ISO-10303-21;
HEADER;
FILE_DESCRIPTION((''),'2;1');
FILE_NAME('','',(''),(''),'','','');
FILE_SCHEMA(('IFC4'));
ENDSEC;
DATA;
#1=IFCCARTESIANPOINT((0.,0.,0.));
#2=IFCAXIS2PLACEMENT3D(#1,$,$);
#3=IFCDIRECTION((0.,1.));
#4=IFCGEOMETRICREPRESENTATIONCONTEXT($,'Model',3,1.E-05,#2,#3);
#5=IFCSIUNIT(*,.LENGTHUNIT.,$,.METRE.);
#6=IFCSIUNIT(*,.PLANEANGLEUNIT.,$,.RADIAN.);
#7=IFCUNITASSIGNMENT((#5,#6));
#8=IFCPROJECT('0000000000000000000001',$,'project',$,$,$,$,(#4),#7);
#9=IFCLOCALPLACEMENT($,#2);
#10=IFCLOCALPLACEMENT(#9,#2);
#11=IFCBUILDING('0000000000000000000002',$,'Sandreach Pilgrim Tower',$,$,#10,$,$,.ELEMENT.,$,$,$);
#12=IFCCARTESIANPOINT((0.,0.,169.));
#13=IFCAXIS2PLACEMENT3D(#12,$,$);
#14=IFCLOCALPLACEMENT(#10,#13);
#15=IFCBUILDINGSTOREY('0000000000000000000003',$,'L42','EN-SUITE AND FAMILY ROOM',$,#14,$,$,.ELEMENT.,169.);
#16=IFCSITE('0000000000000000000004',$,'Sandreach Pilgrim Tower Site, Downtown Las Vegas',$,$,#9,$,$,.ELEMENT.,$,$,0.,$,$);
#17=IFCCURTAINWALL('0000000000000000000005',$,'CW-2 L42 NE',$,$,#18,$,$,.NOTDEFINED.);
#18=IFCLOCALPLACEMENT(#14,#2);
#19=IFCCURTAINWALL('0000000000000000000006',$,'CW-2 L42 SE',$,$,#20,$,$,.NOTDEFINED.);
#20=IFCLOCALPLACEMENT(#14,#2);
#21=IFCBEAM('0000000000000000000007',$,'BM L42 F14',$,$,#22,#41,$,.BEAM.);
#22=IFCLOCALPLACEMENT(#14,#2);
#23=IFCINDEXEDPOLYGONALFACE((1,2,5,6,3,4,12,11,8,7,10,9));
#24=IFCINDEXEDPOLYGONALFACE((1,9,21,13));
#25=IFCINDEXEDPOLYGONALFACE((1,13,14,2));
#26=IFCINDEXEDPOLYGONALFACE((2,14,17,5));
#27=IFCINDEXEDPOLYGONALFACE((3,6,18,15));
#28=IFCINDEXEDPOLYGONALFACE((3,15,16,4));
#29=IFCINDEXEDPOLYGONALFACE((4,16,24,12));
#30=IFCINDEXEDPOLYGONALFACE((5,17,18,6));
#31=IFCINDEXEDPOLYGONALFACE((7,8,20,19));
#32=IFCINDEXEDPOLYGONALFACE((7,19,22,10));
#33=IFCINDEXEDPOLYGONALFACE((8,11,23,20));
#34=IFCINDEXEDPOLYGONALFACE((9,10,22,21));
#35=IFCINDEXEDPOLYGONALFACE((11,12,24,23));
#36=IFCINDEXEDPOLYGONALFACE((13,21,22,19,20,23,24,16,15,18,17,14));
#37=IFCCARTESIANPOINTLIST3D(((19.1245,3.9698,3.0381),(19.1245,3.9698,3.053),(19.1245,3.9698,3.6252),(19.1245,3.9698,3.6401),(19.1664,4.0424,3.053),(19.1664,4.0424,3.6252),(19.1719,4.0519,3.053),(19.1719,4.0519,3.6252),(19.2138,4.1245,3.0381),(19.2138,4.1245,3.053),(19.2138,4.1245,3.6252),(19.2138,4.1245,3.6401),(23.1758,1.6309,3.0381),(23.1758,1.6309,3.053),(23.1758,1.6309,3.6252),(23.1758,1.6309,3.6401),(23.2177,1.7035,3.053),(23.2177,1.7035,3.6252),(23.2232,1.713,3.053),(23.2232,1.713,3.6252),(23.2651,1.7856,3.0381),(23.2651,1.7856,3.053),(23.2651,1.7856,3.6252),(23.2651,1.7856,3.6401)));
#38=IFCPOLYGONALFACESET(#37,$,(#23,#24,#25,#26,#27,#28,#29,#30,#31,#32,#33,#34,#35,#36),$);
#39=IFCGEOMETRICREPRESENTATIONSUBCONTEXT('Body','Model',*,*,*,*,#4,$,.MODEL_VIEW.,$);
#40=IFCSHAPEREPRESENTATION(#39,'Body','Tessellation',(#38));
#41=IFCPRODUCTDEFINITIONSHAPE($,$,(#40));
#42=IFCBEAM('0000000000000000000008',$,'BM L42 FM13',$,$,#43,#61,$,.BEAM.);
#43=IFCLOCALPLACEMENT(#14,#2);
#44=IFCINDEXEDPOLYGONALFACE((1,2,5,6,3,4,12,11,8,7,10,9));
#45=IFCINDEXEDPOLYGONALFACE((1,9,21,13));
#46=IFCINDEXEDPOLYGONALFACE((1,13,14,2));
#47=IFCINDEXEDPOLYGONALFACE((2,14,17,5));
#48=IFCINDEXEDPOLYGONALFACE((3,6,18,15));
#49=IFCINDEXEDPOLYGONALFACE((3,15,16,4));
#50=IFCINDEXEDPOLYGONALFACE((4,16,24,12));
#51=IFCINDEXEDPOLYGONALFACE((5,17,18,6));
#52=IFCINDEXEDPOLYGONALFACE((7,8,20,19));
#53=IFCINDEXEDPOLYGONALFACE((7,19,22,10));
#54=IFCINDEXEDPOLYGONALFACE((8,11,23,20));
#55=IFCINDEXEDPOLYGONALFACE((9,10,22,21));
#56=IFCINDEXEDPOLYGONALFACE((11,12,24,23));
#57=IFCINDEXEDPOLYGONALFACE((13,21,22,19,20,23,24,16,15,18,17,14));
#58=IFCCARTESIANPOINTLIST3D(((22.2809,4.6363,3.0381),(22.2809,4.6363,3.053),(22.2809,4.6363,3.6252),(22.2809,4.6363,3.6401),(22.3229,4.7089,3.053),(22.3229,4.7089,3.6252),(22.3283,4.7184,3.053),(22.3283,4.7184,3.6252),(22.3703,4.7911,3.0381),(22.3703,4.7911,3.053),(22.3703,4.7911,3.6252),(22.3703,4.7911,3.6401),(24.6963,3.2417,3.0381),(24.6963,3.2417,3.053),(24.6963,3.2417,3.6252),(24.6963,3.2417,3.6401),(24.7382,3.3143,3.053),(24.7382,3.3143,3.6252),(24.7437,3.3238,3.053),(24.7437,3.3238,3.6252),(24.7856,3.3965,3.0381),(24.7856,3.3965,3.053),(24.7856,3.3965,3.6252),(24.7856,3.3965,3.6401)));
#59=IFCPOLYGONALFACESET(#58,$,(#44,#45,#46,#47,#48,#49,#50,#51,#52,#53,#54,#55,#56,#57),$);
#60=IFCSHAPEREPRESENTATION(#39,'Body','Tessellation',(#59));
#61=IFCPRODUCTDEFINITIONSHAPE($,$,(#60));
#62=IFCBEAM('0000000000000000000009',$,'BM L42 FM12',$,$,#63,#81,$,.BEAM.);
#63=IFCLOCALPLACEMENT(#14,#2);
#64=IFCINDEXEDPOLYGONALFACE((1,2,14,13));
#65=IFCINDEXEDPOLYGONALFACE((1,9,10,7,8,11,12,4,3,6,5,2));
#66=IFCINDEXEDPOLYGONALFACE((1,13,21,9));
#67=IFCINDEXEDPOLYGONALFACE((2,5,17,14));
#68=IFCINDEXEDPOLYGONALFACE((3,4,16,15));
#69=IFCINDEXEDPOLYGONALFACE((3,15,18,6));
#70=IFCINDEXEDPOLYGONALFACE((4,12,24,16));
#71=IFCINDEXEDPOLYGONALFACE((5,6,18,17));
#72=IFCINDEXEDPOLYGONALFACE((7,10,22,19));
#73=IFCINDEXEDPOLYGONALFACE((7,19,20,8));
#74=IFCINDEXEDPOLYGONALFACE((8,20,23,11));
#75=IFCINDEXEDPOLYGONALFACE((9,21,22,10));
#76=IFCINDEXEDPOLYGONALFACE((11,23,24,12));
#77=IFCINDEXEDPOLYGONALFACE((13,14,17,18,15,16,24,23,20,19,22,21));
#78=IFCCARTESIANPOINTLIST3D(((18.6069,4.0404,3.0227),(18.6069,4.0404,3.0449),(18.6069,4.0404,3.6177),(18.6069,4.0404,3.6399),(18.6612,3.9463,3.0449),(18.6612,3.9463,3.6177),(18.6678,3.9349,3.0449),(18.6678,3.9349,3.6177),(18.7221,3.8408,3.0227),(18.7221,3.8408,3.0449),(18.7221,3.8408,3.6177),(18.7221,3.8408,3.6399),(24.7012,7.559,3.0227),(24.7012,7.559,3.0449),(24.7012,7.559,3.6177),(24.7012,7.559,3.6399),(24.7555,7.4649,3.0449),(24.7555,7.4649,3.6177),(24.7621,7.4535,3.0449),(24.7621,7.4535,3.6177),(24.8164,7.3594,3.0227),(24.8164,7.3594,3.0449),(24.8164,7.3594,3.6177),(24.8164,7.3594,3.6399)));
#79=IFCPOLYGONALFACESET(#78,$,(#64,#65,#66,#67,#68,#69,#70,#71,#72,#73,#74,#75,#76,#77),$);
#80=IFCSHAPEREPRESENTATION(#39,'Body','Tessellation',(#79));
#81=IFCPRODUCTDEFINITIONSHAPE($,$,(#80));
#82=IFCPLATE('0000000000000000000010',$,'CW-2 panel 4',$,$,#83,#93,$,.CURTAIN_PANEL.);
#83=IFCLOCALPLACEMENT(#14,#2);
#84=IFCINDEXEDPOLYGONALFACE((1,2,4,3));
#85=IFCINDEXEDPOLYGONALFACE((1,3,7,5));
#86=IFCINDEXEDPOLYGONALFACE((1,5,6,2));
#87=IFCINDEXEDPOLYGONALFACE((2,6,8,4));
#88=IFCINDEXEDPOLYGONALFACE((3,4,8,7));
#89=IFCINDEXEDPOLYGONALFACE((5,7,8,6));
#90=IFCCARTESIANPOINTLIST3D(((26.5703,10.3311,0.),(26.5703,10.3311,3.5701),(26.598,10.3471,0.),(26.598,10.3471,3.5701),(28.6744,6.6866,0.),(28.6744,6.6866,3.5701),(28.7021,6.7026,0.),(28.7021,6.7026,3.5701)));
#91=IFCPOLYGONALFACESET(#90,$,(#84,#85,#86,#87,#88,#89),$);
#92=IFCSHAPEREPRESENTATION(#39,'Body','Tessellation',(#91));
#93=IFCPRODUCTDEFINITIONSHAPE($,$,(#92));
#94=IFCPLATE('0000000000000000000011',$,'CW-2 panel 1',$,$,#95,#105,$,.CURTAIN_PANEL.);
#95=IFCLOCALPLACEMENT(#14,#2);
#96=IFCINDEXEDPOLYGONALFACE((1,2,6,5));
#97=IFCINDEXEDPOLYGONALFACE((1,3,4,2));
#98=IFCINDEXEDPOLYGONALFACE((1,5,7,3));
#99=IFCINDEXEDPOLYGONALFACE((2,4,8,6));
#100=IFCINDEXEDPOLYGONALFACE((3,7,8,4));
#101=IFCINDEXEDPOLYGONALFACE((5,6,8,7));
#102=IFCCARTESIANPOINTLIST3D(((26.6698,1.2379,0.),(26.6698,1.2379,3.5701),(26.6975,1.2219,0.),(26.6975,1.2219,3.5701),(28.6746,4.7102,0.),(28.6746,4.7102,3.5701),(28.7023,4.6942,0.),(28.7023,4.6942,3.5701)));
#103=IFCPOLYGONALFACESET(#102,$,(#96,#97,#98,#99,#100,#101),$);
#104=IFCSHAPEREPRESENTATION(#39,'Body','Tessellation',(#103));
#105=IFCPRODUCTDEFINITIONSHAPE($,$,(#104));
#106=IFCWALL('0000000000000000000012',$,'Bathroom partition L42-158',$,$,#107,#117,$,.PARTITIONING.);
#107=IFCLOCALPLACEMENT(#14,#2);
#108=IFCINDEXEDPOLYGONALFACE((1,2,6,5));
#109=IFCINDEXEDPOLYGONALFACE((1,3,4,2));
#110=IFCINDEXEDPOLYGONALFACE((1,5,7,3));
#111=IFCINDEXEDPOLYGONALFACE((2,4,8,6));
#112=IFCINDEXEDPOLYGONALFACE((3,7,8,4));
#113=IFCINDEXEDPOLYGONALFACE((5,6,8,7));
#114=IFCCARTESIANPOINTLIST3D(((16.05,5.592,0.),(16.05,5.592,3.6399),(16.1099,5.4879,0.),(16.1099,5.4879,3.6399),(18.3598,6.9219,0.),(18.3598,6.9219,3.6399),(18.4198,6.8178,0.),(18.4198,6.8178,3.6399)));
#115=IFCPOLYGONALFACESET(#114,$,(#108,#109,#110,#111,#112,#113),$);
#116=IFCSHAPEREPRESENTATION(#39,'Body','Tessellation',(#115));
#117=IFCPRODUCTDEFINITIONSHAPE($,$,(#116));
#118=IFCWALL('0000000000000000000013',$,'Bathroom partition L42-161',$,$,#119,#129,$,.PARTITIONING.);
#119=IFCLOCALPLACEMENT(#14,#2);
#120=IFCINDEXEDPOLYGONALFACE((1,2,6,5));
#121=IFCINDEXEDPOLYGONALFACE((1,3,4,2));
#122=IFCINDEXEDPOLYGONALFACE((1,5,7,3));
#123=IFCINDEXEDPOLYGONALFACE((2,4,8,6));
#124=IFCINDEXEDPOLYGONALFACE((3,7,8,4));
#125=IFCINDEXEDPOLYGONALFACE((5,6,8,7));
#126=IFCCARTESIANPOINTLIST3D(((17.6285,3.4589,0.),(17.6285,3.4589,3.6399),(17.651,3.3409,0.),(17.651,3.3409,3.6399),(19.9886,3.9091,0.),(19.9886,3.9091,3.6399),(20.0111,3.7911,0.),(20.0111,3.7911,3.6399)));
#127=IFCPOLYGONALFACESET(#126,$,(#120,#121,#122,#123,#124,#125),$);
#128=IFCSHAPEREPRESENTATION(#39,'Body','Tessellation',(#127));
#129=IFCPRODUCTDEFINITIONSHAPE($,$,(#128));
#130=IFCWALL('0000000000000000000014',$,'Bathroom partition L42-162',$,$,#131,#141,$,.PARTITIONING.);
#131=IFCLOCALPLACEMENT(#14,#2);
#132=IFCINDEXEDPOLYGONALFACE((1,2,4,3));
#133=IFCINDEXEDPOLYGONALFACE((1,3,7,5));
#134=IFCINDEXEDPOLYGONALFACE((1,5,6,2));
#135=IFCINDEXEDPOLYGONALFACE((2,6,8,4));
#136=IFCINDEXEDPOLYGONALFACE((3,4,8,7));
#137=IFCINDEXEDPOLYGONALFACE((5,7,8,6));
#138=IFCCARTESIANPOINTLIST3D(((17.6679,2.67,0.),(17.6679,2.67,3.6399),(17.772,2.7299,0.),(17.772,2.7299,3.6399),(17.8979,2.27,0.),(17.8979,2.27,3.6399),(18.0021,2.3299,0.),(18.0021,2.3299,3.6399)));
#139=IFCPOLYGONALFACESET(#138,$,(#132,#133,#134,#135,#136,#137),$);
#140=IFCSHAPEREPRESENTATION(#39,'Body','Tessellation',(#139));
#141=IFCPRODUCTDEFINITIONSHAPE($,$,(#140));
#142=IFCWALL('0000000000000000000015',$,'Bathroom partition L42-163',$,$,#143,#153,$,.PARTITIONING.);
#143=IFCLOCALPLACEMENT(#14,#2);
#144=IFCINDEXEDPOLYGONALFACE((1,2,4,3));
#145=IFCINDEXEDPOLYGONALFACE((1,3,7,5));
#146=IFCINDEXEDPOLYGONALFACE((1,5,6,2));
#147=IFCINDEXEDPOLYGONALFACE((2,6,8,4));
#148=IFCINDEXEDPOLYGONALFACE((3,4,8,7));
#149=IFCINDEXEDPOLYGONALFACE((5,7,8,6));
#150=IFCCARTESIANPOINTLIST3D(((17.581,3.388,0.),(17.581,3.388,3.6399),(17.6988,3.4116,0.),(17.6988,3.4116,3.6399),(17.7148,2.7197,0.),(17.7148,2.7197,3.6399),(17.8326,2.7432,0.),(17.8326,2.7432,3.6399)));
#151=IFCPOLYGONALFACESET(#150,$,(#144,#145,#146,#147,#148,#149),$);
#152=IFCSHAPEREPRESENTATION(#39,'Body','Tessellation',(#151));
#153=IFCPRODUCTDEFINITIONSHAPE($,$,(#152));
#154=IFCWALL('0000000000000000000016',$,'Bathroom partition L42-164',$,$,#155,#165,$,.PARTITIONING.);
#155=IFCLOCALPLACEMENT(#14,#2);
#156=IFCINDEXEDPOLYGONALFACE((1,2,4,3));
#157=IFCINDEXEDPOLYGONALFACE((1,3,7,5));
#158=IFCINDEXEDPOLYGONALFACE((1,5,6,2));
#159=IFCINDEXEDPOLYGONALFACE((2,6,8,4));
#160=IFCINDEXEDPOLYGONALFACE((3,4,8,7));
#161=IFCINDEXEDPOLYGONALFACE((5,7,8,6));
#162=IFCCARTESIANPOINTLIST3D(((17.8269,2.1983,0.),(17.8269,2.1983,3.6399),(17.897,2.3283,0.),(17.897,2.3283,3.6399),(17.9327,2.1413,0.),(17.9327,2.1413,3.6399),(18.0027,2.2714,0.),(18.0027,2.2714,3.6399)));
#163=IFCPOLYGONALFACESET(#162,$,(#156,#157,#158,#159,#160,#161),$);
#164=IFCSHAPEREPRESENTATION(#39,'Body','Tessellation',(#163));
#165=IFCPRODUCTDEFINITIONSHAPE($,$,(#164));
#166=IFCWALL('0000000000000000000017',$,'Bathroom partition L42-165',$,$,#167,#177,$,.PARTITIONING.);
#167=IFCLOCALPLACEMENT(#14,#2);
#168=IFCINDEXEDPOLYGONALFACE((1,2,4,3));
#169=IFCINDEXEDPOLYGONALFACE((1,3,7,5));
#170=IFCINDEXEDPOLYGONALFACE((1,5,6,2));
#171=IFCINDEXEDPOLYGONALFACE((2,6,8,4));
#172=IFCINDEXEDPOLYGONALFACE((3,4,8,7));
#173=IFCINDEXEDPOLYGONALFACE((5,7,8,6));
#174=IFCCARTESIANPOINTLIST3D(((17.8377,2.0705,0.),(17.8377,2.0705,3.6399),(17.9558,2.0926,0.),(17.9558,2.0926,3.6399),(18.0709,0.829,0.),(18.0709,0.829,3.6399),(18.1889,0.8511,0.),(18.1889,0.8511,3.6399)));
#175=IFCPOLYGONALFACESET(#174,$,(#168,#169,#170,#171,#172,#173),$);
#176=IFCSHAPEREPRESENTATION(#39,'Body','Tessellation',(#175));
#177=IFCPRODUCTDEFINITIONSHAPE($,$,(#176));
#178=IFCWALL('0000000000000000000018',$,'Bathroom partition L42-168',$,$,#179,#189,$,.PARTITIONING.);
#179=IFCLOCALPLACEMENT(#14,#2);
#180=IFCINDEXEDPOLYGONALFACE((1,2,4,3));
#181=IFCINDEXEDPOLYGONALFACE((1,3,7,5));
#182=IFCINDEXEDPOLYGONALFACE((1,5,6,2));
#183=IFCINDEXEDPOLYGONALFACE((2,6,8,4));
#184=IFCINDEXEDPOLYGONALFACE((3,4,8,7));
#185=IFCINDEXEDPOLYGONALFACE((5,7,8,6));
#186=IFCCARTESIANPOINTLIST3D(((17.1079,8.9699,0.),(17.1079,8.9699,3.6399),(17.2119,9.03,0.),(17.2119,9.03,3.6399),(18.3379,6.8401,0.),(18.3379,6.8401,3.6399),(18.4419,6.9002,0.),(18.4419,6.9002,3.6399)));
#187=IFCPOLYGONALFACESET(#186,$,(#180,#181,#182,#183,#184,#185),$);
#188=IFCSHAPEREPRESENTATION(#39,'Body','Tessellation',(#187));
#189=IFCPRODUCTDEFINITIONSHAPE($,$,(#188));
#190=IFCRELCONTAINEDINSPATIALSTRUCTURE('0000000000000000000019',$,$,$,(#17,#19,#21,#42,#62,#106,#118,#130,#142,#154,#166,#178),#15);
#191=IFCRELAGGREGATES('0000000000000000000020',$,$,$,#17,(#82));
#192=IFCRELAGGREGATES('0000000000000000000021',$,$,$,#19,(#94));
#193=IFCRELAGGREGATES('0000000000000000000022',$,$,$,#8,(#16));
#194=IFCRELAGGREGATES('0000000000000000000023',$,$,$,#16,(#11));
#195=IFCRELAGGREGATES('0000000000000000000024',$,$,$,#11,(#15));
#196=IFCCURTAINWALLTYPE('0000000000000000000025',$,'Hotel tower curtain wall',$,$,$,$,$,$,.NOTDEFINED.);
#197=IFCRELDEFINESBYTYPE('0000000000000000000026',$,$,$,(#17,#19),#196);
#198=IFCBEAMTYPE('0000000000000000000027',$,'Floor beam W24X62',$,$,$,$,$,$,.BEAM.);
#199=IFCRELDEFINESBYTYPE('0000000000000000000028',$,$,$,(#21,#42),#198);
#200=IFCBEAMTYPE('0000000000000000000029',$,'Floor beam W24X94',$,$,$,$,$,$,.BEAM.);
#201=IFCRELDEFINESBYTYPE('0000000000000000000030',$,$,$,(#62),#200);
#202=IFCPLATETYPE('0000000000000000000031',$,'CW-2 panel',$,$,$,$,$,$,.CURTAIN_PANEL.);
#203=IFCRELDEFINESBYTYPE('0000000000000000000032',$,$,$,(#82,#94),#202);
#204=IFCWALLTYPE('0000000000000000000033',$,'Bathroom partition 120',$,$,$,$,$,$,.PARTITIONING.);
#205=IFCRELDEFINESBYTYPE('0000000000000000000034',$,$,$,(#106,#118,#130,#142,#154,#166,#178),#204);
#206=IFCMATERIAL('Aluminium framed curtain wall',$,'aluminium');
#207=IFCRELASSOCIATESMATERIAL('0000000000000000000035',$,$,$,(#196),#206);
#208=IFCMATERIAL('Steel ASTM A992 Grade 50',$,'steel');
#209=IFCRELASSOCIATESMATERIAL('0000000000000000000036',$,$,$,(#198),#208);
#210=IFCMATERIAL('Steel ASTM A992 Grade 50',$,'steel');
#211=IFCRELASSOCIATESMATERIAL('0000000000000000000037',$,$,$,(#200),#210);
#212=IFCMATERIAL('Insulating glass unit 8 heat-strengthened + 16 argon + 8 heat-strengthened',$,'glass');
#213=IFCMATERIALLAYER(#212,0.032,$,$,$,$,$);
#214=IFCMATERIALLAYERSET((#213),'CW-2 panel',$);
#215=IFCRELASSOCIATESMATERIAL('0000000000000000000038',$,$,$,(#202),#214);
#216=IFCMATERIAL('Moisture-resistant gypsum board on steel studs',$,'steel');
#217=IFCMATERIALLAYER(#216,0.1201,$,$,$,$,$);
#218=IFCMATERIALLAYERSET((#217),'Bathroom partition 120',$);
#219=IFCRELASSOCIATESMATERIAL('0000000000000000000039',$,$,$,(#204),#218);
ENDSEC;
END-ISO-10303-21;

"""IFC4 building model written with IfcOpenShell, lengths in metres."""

from ifc_helpers import new_model, si_unit, direction, frame, frame_2d, origin, origin_2d, place, context, subcontext, project, spatial, rectangle, i_section, extrude, material, layer, layer_set, material_profile, profile_set, type_object, element, aggregate, save


model = new_model("IFC4")

# Units and contexts
model_context = context("Model", 3, precision=1e-05, world=origin(), true_north=direction((0.0, 1.0)))
body_context = subcontext(model_context, "Body", "Model", "MODEL_VIEW")
ifc_project = project(units=[si_unit("LENGTHUNIT", "METRE"), si_unit("PLANEANGLEUNIT", "RADIAN")], contexts=[model_context])

# Site, building, storey
site_placement = place(None, origin())
site = spatial("IfcSite", under=ifc_project, at=site_placement, Name="Sandreach Pilgrim Tower Site, Downtown Las Vegas", CompositionType="ELEMENT", RefElevation=0.0)
building_placement = place(site_placement, origin())
building = spatial("IfcBuilding", under=site, at=building_placement, Name="Sandreach Pilgrim Tower", CompositionType="ELEMENT")
storey_placement = place(building_placement, frame((0.0, 0.0, 169.0)))
storey = spatial("IfcBuildingStorey", under=building, at=storey_placement, Name="L42", Description="EN-SUITE AND FAMILY ROOM", CompositionType="ELEMENT", Elevation=169.0)

# Curtain wall
ifc_material_1 = material(Name="Aluminium framed curtain wall", Category="aluminium")
curtain_wall_type = type_object("IfcCurtainWallType", Name="Hotel tower curtain wall", PredefinedType="NOTDEFINED", material=ifc_material_1)
curtain_wall_1_placement = place(storey_placement, origin())
curtain_wall_1 = element("IfcCurtainWall", 1, at=curtain_wall_1_placement, inside=storey, type_object=curtain_wall_type, Name="CW-2 L42 NE", PredefinedType="NOTDEFINED")

# Curtain wall
curtain_wall_2_placement = place(storey_placement, origin())
curtain_wall_2 = element("IfcCurtainWall", 2, at=curtain_wall_2_placement, inside=storey, type_object=curtain_wall_type, Name="CW-2 L42 SE", PredefinedType="NOTDEFINED")

# Beams
ifc_material_2 = material(Name="Steel ASTM A992 Grade 50", Category="steel")
ifc_material_profile_1 = material_profile(ifc_material_2, i_section(OverallWidth=0.1787, OverallDepth=0.6021, WebThickness=0.011, FlangeThickness=0.0149, at=origin_2d()), Name="W24X62")
ifc_profile_set_1 = profile_set([ifc_material_profile_1], Name="Steel ASTM A992 Grade 50")
beam_type_1 = type_object("IfcBeamType", Name="Floor beam W24X62", PredefinedType="BEAM", material=ifc_profile_set_1)
beam_1_placement = place(storey_placement, frame((23.2205, 1.7083, 3.3391), z_axis=(-0.866038, 0.499978, 0.0), x_axis=(-0.499978, -0.866038, 0.0)))
element("IfcBeam", 3, at=beam_1_placement, inside=storey, type_object=beam_type_1, Name="BM L42 F14", PredefinedType="BEAM", context=body_context, shape_type="SweptSolid", body=[
    extrude(i_section(OverallWidth=0.1787, OverallDepth=0.6021, WebThickness=0.011, FlangeThickness=0.0149, at=origin_2d()), origin(), (0.0, 0.0, 1.0), 4.678),
])
beam_2_placement = place(storey_placement, frame((24.741, 3.3191, 3.3391), z_axis=(-0.866015, 0.500018, 0.0), x_axis=(-0.500018, -0.866015, 0.0)))
element("IfcBeam", 4, at=beam_2_placement, inside=storey, type_object=beam_type_1, Name="BM L42 FM13", PredefinedType="BEAM", context=body_context, shape_type="SweptSolid", body=[
    extrude(i_section(OverallWidth=0.1787, OverallDepth=0.6021, WebThickness=0.011, FlangeThickness=0.0149, at=origin_2d()), origin(), (0.0, 0.0, 1.0), 2.7891),
])
ifc_material_3 = material(Name="Steel ASTM A992 Grade 50", Category="steel")
ifc_material_profile_2 = material_profile(ifc_material_3, i_section(OverallWidth=0.2305, OverallDepth=0.6172, WebThickness=0.0132, FlangeThickness=0.0222, at=origin_2d()), Name="W24X94")
ifc_profile_set_2 = profile_set([ifc_material_profile_2], Name="Steel ASTM A992 Grade 50")
beam_type_2 = type_object("IfcBeamType", Name="Floor beam W24X94", PredefinedType="BEAM", material=ifc_profile_set_2)
beam_3_placement = place(storey_placement, frame((24.7588, 7.4592, 3.3313), z_axis=(-0.866023, -0.500005, 0.0), x_axis=(0.500005, -0.866023, 0.0)))
element("IfcBeam", 5, at=beam_3_placement, inside=storey, type_object=beam_type_2, Name="BM L42 FM12", PredefinedType="BEAM", context=body_context, shape_type="SweptSolid", body=[
    extrude(i_section(OverallWidth=0.2305, OverallDepth=0.6172, WebThickness=0.0132, FlangeThickness=0.0222, at=origin_2d()), origin(), (0.0, 0.0, 1.0), 7.0371),
])

# Plates
ifc_material_4 = material(Name="Insulating glass unit 8 heat-strengthened + 16 argon + 8 heat-strengthened", Category="glass")
ifc_layer_1 = layer(ifc_material_4, 0.032)
ifc_layer_set_1 = layer_set([ifc_layer_1], Name="CW-2 panel")
plate_type = type_object("IfcPlateType", Name="CW-2 panel", PredefinedType="CURTAIN_PANEL", material=ifc_layer_set_1)
plate_1_placement = place(storey_placement, frame((27.6362, 8.5168, 0.0), z_axis=(0.0, 0.0, 1.0), x_axis=(0.5, -0.866025, 0.0)))
plate_1 = element("IfcPlate", 6, at=plate_1_placement, type_object=plate_type, Name="CW-2 panel 4", PredefinedType="CURTAIN_PANEL", context=body_context, shape_type="SweptSolid", body=[
    extrude(rectangle(XDim=4.2083, YDim=0.032, at=origin_2d()), origin(), (0.0, 0.0, 1.0), 3.5701),
])
aggregate(curtain_wall_1, [plate_1])
plate_2_placement = place(storey_placement, frame((27.686, 2.9661, 0.0), z_axis=(0.0, 0.0, 1.0), x_axis=(-0.5, -0.866025, 0.0)))
plate_2 = element("IfcPlate", 7, at=plate_2_placement, type_object=plate_type, Name="CW-2 panel 1", PredefinedType="CURTAIN_PANEL", context=body_context, shape_type="SweptSolid", body=[
    extrude(rectangle(XDim=4.0095, YDim=0.032, at=origin_2d()), origin(), (0.0, 0.0, 1.0), 3.5701),
])
aggregate(curtain_wall_2, [plate_2])

# Walls
ifc_material_5 = material(Name="Moisture-resistant gypsum board on steel studs", Category="steel")
ifc_layer_2 = layer(ifc_material_5, 0.1201)
ifc_layer_set_2 = layer_set([ifc_layer_2], Name="Bathroom partition 120")
wall_type_1 = type_object("IfcWallType", Name="Bathroom partition 120", PredefinedType="PARTITIONING", material=ifc_layer_set_2)
wall_1_placement = place(storey_placement, frame((16.0801, 5.54, 0.0), z_axis=(0.0, 0.0, 1.0), x_axis=(0.866632, 0.498948, 0.0)))
element("IfcWall", 8, at=wall_1_placement, inside=storey, type_object=wall_type_1, Name="Bathroom partition L42-158", PredefinedType="PARTITIONING", context=body_context, shape_type="SweptSolid", body=[
    extrude(rectangle(XDim=2.6653, YDim=0.1201, at=frame_2d((1.3325, 0.0))), origin(), (0.0, 0.0, 1.0), 3.6399),
])
wall_2_placement = place(storey_placement, frame((17.6399, 3.3999, 0.0), z_axis=(0.0, 0.0, 1.0), x_axis=(0.982289, 0.187374, 0.0)))
element("IfcWall", 9, at=wall_2_placement, inside=storey, type_object=wall_type_1, Name="Bathroom partition L42-161", PredefinedType="PARTITIONING", context=body_context, shape_type="SweptSolid", body=[
    extrude(rectangle(XDim=2.4026, YDim=0.1201, at=frame_2d((1.2012, 0.0))), origin(), (0.0, 0.0, 1.0), 3.6399),
])
wall_3_placement = place(storey_placement, frame((17.72, 2.7, 0.0), z_axis=(0.0, 0.0, 1.0), x_axis=(0.498531, -0.866872, 0.0)))
element("IfcWall", 10, at=wall_3_placement, inside=storey, type_object=wall_type_1, Name="Bathroom partition L42-162", PredefinedType="PARTITIONING", context=body_context, shape_type="SweptSolid", body=[
    extrude(rectangle(XDim=0.4614, YDim=0.1201, at=frame_2d((0.2307, 0.0))), origin(), (0.0, 0.0, 1.0), 3.6399),
])
wall_4_placement = place(storey_placement, frame((17.7737, 2.7314, 0.0), z_axis=(0.0, 0.0, 1.0), x_axis=(-0.196254, 0.980553, 0.0)))
element("IfcWall", 11, at=wall_4_placement, inside=storey, type_object=wall_type_1, Name="Bathroom partition L42-163", PredefinedType="PARTITIONING", context=body_context, shape_type="SweptSolid", body=[
    extrude(rectangle(XDim=0.6816, YDim=0.1201, at=frame_2d((0.3408, 0.0))), origin(), (0.0, 0.0, 1.0), 3.6399),
])
wall_5_placement = place(storey_placement, frame((17.8799, 2.1699, 0.0), z_axis=(0.0, 0.0, 1.0), x_axis=(0.4741, 0.880471, 0.0)))
element("IfcWall", 12, at=wall_5_placement, inside=storey, type_object=wall_type_1, Name="Bathroom partition L42-164", PredefinedType="PARTITIONING", context=body_context, shape_type="SweptSolid", body=[
    extrude(rectangle(XDim=0.1477, YDim=0.1201, at=frame_2d((0.0737, 0.0))), origin(), (0.0, 0.0, 1.0), 3.6399),
])
wall_6_placement = place(storey_placement, frame((17.8967, 2.0815, 0.0), z_axis=(0.0, 0.0, 1.0), x_axis=(0.18458, -0.982817, 0.0)))
element("IfcWall", 13, at=wall_6_placement, inside=storey, type_object=wall_type_1, Name="Bathroom partition L42-165", PredefinedType="PARTITIONING", context=body_context, shape_type="SweptSolid", body=[
    extrude(rectangle(XDim=1.2632, YDim=0.1201, at=frame_2d((0.6316, 0.0))), origin(), (0.0, 0.0, 1.0), 3.6399),
])
wall_7_placement = place(storey_placement, frame((18.3899, 6.8701, 0.0), z_axis=(0.0, 0.0, 1.0), x_axis=(-0.500089, 0.865974, 0.0)))
element("IfcWall", 14, at=wall_7_placement, inside=storey, type_object=wall_type_1, Name="Bathroom partition L42-168", PredefinedType="PARTITIONING", context=body_context, shape_type="SweptSolid", body=[
    extrude(rectangle(XDim=2.4595, YDim=0.1201, at=frame_2d((1.2297, 0.0))), origin(), (0.0, 0.0, 1.0), 3.6399),
])

save(model, "model.ifc")
